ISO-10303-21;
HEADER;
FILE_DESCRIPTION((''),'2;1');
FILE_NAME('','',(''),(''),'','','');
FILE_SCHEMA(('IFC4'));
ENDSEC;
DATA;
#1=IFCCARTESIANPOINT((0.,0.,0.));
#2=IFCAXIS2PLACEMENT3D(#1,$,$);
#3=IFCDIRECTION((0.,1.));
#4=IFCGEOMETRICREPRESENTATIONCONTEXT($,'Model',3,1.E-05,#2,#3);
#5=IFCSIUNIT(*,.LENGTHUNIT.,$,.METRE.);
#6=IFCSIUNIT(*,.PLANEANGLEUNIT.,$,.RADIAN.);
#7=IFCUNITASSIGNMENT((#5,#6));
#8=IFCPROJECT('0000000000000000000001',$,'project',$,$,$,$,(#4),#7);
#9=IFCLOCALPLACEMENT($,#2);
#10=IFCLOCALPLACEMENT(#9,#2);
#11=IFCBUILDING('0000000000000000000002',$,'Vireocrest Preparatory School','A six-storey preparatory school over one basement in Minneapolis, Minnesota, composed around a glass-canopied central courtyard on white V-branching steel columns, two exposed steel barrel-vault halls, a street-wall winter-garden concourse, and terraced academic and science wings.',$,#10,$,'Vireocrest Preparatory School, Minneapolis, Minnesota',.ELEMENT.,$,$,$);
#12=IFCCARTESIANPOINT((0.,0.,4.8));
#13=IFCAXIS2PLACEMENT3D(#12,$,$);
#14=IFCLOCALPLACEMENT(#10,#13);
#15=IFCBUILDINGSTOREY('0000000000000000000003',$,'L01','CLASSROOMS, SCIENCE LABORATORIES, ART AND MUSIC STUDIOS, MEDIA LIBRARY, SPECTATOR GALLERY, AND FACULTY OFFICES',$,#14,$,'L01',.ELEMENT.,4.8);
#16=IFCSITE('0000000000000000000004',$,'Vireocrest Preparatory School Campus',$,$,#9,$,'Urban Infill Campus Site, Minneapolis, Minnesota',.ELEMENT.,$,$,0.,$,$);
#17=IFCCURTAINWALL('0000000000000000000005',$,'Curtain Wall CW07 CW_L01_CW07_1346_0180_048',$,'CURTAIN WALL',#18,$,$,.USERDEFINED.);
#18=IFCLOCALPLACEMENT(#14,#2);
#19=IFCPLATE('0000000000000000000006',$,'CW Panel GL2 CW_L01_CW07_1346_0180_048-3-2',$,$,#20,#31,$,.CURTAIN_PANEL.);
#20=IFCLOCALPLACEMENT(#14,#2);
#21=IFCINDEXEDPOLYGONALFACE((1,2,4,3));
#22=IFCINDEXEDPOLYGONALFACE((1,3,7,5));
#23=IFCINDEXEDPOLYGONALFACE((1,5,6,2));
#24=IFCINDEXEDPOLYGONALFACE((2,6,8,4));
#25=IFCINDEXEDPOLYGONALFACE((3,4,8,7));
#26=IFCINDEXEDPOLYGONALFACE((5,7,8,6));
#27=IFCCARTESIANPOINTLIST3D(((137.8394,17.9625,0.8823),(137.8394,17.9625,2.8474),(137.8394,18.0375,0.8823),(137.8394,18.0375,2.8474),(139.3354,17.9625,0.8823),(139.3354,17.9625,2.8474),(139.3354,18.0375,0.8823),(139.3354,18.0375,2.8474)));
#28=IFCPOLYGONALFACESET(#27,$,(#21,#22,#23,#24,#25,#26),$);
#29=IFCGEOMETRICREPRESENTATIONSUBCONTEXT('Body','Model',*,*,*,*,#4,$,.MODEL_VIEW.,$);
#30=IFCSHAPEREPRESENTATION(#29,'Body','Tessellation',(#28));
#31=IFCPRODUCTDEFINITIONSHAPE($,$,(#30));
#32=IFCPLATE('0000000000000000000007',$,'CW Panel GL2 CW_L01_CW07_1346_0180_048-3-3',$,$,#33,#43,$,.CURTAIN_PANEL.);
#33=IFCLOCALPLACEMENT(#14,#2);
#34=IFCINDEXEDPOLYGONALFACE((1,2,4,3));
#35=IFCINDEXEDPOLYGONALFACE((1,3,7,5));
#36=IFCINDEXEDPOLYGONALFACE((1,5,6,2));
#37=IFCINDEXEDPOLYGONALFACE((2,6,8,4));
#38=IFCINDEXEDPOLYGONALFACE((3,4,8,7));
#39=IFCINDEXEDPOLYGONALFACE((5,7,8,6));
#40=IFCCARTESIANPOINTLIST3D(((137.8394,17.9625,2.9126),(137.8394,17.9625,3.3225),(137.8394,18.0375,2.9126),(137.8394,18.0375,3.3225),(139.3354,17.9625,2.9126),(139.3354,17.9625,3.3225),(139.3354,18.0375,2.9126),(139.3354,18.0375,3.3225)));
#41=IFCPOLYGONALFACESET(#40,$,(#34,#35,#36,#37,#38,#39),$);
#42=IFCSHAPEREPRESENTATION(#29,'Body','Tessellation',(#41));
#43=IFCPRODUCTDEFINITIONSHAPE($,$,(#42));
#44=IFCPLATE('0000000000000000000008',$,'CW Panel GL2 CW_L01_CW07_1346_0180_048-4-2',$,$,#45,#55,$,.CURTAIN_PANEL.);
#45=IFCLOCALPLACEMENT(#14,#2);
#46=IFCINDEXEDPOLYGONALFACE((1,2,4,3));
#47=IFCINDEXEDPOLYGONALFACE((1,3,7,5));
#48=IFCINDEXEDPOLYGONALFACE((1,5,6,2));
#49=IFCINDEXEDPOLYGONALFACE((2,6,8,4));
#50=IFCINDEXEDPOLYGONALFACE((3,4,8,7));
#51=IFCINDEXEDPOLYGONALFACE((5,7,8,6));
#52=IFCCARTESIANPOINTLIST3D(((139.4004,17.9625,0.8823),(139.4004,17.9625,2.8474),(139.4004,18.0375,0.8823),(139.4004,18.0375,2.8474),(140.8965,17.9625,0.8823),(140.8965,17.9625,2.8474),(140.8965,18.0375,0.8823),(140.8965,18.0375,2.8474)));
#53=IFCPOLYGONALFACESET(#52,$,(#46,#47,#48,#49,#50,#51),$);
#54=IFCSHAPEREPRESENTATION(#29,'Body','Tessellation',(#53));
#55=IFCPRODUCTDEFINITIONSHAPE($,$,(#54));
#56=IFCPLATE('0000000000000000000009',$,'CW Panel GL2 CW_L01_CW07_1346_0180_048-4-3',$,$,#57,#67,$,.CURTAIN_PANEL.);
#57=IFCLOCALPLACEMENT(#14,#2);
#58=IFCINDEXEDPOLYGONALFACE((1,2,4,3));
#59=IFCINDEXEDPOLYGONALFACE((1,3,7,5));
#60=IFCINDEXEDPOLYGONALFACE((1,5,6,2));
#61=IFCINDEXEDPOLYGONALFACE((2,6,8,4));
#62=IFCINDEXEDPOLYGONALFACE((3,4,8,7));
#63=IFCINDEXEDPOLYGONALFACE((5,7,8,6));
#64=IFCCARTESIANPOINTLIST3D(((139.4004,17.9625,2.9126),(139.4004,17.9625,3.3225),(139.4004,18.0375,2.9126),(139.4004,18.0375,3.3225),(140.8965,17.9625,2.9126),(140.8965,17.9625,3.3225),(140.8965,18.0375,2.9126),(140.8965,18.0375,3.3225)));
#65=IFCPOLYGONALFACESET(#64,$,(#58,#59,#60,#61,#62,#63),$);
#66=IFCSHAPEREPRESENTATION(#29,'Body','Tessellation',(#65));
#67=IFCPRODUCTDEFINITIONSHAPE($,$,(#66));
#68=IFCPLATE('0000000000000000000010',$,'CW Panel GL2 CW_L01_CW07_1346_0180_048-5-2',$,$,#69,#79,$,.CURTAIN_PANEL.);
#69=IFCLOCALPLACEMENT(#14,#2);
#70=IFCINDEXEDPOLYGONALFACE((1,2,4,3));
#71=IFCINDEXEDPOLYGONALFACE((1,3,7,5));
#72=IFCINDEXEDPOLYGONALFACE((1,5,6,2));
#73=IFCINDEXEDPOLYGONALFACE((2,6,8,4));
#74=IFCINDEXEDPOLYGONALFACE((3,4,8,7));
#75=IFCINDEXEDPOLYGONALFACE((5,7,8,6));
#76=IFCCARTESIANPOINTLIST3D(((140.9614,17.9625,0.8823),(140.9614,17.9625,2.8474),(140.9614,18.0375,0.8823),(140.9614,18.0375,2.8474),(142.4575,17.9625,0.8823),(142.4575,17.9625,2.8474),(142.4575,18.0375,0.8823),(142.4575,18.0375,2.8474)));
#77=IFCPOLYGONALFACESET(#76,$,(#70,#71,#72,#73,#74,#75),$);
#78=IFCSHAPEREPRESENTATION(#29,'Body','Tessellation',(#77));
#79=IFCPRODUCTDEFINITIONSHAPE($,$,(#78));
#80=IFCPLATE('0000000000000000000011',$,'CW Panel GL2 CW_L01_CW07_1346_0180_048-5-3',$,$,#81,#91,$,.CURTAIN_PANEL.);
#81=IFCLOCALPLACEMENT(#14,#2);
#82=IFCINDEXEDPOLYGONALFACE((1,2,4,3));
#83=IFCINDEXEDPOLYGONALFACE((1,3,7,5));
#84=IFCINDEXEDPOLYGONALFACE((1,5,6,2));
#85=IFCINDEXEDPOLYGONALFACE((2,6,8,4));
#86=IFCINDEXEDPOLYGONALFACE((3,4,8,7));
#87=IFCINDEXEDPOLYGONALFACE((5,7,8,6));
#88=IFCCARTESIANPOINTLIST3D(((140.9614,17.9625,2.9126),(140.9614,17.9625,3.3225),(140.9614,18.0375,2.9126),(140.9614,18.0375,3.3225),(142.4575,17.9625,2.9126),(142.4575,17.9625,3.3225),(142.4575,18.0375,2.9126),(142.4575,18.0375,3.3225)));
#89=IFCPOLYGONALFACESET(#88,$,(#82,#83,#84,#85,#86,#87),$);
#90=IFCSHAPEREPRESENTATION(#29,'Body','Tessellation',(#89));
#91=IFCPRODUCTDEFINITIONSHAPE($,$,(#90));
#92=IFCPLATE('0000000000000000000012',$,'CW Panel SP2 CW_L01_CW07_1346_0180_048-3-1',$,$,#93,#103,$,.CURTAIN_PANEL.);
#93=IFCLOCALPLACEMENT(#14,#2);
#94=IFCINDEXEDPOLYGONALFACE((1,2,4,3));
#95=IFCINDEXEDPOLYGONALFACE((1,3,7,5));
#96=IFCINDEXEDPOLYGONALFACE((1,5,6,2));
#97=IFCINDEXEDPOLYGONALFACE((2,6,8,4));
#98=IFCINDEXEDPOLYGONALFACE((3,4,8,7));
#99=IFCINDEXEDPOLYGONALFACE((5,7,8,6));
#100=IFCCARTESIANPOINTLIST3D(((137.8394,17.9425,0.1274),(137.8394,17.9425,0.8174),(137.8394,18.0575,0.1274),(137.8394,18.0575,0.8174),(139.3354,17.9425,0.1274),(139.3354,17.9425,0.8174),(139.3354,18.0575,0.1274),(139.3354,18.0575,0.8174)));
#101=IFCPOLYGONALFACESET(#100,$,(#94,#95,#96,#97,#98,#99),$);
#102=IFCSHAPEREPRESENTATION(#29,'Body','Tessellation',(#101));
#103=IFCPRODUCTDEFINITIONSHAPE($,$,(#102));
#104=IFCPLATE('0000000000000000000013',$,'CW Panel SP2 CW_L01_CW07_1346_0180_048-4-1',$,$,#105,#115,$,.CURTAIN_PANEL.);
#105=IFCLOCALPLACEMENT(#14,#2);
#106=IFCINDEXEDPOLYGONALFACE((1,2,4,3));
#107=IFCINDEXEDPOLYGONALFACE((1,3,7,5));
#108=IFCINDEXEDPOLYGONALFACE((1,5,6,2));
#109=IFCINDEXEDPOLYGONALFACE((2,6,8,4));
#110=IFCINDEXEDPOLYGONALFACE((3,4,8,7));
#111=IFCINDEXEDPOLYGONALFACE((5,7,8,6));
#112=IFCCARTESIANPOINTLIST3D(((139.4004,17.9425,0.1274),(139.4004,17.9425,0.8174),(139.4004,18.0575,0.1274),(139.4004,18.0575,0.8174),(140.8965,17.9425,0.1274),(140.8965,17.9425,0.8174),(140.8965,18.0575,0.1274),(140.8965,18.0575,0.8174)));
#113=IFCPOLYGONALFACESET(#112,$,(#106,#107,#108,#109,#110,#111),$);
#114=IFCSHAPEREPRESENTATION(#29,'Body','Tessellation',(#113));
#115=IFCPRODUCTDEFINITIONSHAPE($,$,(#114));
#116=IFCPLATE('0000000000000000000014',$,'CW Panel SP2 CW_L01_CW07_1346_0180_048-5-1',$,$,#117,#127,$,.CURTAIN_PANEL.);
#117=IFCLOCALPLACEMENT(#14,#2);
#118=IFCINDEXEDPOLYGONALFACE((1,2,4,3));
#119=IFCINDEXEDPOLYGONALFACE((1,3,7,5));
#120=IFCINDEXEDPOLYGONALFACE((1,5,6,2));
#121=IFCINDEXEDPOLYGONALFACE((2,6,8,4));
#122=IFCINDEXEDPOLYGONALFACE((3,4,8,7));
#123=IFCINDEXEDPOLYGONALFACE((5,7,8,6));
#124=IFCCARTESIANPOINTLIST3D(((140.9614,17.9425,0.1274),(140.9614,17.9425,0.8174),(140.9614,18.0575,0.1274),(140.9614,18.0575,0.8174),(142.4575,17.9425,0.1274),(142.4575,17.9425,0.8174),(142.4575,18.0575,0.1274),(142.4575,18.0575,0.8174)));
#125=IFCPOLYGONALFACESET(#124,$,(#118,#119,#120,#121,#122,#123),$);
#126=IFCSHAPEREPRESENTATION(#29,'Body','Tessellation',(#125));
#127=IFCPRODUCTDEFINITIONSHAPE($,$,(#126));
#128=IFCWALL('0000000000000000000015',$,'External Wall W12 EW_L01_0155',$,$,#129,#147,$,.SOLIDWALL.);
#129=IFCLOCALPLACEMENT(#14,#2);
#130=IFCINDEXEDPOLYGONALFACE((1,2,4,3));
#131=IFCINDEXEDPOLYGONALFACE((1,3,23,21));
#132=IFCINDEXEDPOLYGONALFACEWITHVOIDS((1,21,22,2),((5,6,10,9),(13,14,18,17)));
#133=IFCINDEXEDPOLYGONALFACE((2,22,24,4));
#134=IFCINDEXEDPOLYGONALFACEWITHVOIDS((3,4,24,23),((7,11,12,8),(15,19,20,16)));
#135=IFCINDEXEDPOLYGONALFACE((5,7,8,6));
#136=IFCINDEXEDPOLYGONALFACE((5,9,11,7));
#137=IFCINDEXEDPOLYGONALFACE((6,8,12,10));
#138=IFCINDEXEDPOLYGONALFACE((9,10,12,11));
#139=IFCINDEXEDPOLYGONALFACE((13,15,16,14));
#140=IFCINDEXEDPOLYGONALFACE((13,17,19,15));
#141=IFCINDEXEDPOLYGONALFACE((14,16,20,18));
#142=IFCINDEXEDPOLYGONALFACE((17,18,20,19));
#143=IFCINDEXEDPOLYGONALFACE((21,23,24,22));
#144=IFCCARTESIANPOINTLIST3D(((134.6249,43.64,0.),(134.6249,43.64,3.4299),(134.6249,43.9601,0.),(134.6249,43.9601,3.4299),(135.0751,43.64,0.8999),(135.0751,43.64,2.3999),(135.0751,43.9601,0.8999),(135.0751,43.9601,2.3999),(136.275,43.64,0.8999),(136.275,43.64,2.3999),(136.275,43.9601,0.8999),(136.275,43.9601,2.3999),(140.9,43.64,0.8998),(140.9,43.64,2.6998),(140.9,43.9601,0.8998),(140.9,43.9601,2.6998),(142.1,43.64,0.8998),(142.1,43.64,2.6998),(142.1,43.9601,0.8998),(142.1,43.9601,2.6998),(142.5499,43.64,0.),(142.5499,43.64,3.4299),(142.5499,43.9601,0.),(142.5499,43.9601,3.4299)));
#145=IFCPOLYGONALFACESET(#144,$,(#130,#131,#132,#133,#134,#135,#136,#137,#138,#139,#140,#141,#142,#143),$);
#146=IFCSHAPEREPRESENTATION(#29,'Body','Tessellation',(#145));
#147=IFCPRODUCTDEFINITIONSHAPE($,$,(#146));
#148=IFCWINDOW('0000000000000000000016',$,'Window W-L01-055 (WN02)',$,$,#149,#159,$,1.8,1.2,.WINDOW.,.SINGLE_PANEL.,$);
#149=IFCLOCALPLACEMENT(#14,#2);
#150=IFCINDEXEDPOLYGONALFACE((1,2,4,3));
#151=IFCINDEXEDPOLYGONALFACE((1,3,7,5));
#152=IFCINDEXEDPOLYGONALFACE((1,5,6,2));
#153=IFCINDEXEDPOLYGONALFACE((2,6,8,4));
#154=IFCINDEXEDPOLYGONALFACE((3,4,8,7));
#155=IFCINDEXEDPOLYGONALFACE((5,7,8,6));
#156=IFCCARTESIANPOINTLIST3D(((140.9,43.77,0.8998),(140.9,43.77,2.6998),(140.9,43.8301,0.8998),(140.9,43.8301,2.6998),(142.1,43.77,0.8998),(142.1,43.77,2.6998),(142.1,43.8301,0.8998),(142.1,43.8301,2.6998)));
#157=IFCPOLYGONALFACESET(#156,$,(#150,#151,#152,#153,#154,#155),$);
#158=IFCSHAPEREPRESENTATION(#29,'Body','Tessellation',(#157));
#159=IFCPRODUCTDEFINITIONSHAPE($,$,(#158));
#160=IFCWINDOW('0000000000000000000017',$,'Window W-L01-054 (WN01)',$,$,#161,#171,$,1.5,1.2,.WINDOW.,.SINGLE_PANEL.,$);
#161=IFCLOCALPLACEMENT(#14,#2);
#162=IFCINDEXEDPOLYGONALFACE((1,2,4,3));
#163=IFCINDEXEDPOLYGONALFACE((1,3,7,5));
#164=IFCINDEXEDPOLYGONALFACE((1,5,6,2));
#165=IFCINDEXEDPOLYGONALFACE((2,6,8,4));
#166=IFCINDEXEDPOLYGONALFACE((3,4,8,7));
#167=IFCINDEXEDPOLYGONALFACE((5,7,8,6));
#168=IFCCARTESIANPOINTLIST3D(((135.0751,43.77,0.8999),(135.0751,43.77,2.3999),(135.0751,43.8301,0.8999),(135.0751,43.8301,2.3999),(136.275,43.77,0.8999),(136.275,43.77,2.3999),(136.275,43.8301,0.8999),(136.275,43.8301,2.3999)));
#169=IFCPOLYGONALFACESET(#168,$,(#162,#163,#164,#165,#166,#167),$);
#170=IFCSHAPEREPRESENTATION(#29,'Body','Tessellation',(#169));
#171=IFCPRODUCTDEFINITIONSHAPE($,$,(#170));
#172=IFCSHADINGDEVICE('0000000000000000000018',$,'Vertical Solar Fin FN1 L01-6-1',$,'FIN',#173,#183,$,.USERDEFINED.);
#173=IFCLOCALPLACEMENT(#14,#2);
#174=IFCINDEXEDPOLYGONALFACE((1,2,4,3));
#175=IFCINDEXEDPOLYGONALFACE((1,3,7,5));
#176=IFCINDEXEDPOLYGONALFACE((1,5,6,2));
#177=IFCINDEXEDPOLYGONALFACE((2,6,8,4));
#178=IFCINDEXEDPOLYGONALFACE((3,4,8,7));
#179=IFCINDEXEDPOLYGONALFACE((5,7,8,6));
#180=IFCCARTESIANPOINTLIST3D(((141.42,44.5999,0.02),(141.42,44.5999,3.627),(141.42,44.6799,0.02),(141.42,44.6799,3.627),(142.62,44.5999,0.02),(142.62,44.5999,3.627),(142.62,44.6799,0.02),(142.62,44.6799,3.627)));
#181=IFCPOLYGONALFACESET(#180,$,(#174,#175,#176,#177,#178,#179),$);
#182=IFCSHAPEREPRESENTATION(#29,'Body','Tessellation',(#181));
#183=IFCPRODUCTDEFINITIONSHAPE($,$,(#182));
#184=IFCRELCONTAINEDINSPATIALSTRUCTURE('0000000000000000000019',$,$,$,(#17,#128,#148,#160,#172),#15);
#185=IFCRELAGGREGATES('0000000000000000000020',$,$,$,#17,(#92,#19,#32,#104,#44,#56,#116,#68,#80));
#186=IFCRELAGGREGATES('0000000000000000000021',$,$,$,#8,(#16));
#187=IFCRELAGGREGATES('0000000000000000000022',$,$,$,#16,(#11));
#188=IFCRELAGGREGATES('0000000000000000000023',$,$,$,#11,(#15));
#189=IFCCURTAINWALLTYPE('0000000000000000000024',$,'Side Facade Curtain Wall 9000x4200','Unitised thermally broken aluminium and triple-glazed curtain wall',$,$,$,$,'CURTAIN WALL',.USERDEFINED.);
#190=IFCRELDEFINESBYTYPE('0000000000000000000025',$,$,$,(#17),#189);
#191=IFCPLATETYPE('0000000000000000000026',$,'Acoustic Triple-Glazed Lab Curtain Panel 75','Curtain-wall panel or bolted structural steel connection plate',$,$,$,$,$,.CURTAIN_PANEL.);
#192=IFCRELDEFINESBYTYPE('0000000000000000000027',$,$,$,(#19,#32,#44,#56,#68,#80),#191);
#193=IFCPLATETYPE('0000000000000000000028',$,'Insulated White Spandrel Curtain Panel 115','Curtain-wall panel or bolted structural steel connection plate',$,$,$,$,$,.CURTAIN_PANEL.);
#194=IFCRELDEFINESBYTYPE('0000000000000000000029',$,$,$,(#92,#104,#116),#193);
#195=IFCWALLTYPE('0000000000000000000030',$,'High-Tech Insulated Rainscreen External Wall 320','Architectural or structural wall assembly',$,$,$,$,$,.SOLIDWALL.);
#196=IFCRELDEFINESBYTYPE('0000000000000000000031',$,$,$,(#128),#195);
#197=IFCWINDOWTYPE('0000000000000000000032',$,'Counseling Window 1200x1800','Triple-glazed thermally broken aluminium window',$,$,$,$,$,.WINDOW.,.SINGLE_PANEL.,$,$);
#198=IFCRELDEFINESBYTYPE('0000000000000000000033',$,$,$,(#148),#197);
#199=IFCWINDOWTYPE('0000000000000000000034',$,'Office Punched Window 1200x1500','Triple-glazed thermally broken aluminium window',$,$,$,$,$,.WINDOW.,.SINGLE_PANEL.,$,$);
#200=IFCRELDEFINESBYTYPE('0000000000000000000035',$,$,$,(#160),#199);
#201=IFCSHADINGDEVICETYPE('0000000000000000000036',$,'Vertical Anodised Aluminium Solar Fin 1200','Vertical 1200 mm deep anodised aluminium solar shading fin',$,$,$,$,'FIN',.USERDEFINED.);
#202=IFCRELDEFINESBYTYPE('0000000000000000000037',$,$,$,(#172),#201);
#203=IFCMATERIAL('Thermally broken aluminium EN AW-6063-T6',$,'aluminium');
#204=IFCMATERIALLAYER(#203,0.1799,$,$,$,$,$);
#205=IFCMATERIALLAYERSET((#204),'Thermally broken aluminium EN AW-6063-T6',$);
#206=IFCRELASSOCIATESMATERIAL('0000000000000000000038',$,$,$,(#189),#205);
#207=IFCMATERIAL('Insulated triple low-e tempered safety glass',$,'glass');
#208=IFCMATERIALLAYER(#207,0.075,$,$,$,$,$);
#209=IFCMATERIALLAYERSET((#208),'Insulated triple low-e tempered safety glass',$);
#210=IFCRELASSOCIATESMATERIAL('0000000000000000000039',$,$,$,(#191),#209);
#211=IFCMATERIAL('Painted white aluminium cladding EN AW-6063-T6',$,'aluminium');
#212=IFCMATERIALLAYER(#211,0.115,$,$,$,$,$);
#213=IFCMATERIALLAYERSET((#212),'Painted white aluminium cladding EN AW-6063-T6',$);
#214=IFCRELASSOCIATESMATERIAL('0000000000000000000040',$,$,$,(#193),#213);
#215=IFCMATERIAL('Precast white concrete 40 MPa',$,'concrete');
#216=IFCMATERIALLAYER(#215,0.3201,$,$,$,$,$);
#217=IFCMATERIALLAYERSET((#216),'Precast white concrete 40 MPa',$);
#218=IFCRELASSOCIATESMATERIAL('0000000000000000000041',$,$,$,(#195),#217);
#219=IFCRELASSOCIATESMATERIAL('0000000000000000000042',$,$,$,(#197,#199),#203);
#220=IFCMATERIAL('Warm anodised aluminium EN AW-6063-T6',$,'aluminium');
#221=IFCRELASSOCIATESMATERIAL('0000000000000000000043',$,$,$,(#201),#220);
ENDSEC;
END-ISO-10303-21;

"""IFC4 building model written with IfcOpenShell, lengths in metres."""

from ifc_helpers import new_model, si_unit, direction, frame, frame_2d, origin, origin_2d, place, context, subcontext, project, spatial, rectangle, extrude, material, layer, layer_set, material_profile, profile_set, type_object, element, fill, aggregate, save


model = new_model("IFC4")

# Units and contexts
model_context = context("Model", 3, precision=1e-05, world=origin(), true_north=direction((0.0, 1.0)))
body_context = subcontext(model_context, "Body", "Model", "MODEL_VIEW")
ifc_project = project(units=[si_unit("LENGTHUNIT", "METRE"), si_unit("PLANEANGLEUNIT", "RADIAN")], contexts=[model_context])

# Site, building, storey
site_placement = place(None, origin())
site = spatial("IfcSite", under=ifc_project, at=site_placement, Name="Vireocrest Preparatory School Campus", LongName="Urban Infill Campus Site, Minneapolis, Minnesota", CompositionType="ELEMENT", RefElevation=0.0)
building_placement = place(site_placement, origin())
building = spatial("IfcBuilding", under=site, at=building_placement, Name="Vireocrest Preparatory School", Description="A six-storey preparatory school over one basement in Minneapolis, Minnesota, composed around a glass-canopied central courtyard on white V-branching steel columns, two exposed steel barrel-vault halls, a street-wall winter-garden concourse, and terraced academic and science wings.", LongName="Vireocrest Preparatory School, Minneapolis, Minnesota", CompositionType="ELEMENT")
storey_placement = place(building_placement, frame((0.0, 0.0, 4.8)))
storey = spatial("IfcBuildingStorey", under=building, at=storey_placement, Name="L01", Description="CLASSROOMS, SCIENCE LABORATORIES, ART AND MUSIC STUDIOS, MEDIA LIBRARY, SPECTATOR GALLERY, AND FACULTY OFFICES", LongName="L01", CompositionType="ELEMENT", Elevation=4.8)

# Curtain wall
ifc_material_1 = material(Name="Thermally broken aluminium EN AW-6063-T6", Category="aluminium")
ifc_layer_1 = layer(ifc_material_1, 0.1799)
ifc_layer_set_1 = layer_set([ifc_layer_1], Name="Thermally broken aluminium EN AW-6063-T6")
curtain_wall_type = type_object("IfcCurtainWallType", Name="Side Facade Curtain Wall 9000x4200", Description="Unitised thermally broken aluminium and triple-glazed curtain wall", ElementType="CURTAIN WALL", PredefinedType="USERDEFINED", material=ifc_layer_set_1)
curtain_wall_placement = place(storey_placement, origin())
curtain_wall = element("IfcCurtainWall", 1, at=curtain_wall_placement, inside=storey, type_object=curtain_wall_type, Name="Curtain Wall CW07 CW_L01_CW07_1346_0180_048", ObjectType="CURTAIN WALL", PredefinedType="USERDEFINED")

# Plates
ifc_material_2 = material(Name="Insulated triple low-e tempered safety glass", Category="glass")
ifc_layer_2 = layer(ifc_material_2, 0.075)
ifc_layer_set_2 = layer_set([ifc_layer_2], Name="Insulated triple low-e tempered safety glass")
plate_type_1 = type_object("IfcPlateType", Name="Acoustic Triple-Glazed Lab Curtain Panel 75", Description="Curtain-wall panel or bolted structural steel connection plate", PredefinedType="CURTAIN_PANEL", material=ifc_layer_set_2)
plate_1_placement = place(storey_placement, frame((138.5874, 18.0, 0.8823), z_axis=(0.0, 0.0, 1.0), x_axis=(1.0, 0.0, 0.0)))
plate_1 = element("IfcPlate", 2, at=plate_1_placement, type_object=plate_type_1, Name="CW Panel GL2 CW_L01_CW07_1346_0180_048-3-2", PredefinedType="CURTAIN_PANEL", context=body_context, shape_type="SweptSolid", body=[
    extrude(rectangle(XDim=1.4961, YDim=0.075, at=origin_2d()), origin(), (0.0, 0.0, 1.0), 1.9651),
])
plate_2_placement = place(storey_placement, frame((138.5874, 18.0, 2.9126), z_axis=(0.0, 0.0, 1.0), x_axis=(1.0, 0.0, 0.0)))
plate_2 = element("IfcPlate", 3, at=plate_2_placement, type_object=plate_type_1, Name="CW Panel GL2 CW_L01_CW07_1346_0180_048-3-3", PredefinedType="CURTAIN_PANEL", context=body_context, shape_type="SweptSolid", body=[
    extrude(rectangle(XDim=1.4961, YDim=0.075, at=origin_2d()), origin(), (0.0, 0.0, 1.0), 0.4099),
])
plate_3_placement = place(storey_placement, frame((140.1484, 18.0, 0.8823), z_axis=(0.0, 0.0, 1.0), x_axis=(1.0, 0.0, 0.0)))
plate_3 = element("IfcPlate", 4, at=plate_3_placement, type_object=plate_type_1, Name="CW Panel GL2 CW_L01_CW07_1346_0180_048-4-2", PredefinedType="CURTAIN_PANEL", context=body_context, shape_type="SweptSolid", body=[
    extrude(rectangle(XDim=1.4961, YDim=0.075, at=origin_2d()), origin(), (0.0, 0.0, 1.0), 1.9651),
])
plate_4_placement = place(storey_placement, frame((140.1484, 18.0, 2.9126), z_axis=(0.0, 0.0, 1.0), x_axis=(1.0, 0.0, 0.0)))
plate_4 = element("IfcPlate", 5, at=plate_4_placement, type_object=plate_type_1, Name="CW Panel GL2 CW_L01_CW07_1346_0180_048-4-3", PredefinedType="CURTAIN_PANEL", context=body_context, shape_type="SweptSolid", body=[
    extrude(rectangle(XDim=1.4961, YDim=0.075, at=origin_2d()), origin(), (0.0, 0.0, 1.0), 0.4099),
])
plate_5_placement = place(storey_placement, frame((141.7095, 18.0, 0.8823), z_axis=(0.0, 0.0, 1.0), x_axis=(1.0, 0.0, 0.0)))
plate_5 = element("IfcPlate", 6, at=plate_5_placement, type_object=plate_type_1, Name="CW Panel GL2 CW_L01_CW07_1346_0180_048-5-2", PredefinedType="CURTAIN_PANEL", context=body_context, shape_type="SweptSolid", body=[
    extrude(rectangle(XDim=1.4961, YDim=0.075, at=origin_2d()), origin(), (0.0, 0.0, 1.0), 1.9651),
])
plate_6_placement = place(storey_placement, frame((141.7095, 18.0, 2.9126), z_axis=(0.0, 0.0, 1.0), x_axis=(1.0, 0.0, 0.0)))
plate_6 = element("IfcPlate", 7, at=plate_6_placement, type_object=plate_type_1, Name="CW Panel GL2 CW_L01_CW07_1346_0180_048-5-3", PredefinedType="CURTAIN_PANEL", context=body_context, shape_type="SweptSolid", body=[
    extrude(rectangle(XDim=1.4961, YDim=0.075, at=origin_2d()), origin(), (0.0, 0.0, 1.0), 0.4099),
])
ifc_material_3 = material(Name="Painted white aluminium cladding EN AW-6063-T6", Category="aluminium")
ifc_layer_3 = layer(ifc_material_3, 0.115)
ifc_layer_set_3 = layer_set([ifc_layer_3], Name="Painted white aluminium cladding EN AW-6063-T6")
plate_type_2 = type_object("IfcPlateType", Name="Insulated White Spandrel Curtain Panel 115", Description="Curtain-wall panel or bolted structural steel connection plate", PredefinedType="CURTAIN_PANEL", material=ifc_layer_set_3)
plate_7_placement = place(storey_placement, frame((138.5874, 18.0, 0.1274), z_axis=(0.0, 0.0, 1.0), x_axis=(1.0, 0.0, 0.0)))
plate_7 = element("IfcPlate", 8, at=plate_7_placement, type_object=plate_type_2, Name="CW Panel SP2 CW_L01_CW07_1346_0180_048-3-1", PredefinedType="CURTAIN_PANEL", context=body_context, shape_type="SweptSolid", body=[
    extrude(rectangle(XDim=1.4961, YDim=0.115, at=origin_2d()), origin(), (0.0, 0.0, 1.0), 0.6899),
])
plate_8_placement = place(storey_placement, frame((140.1484, 18.0, 0.1274), z_axis=(0.0, 0.0, 1.0), x_axis=(1.0, 0.0, 0.0)))
plate_8 = element("IfcPlate", 9, at=plate_8_placement, type_object=plate_type_2, Name="CW Panel SP2 CW_L01_CW07_1346_0180_048-4-1", PredefinedType="CURTAIN_PANEL", context=body_context, shape_type="SweptSolid", body=[
    extrude(rectangle(XDim=1.4961, YDim=0.115, at=origin_2d()), origin(), (0.0, 0.0, 1.0), 0.6899),
])
plate_9_placement = place(storey_placement, frame((141.7095, 18.0, 0.1274), z_axis=(0.0, 0.0, 1.0), x_axis=(1.0, 0.0, 0.0)))
plate_9 = element("IfcPlate", 10, at=plate_9_placement, type_object=plate_type_2, Name="CW Panel SP2 CW_L01_CW07_1346_0180_048-5-1", PredefinedType="CURTAIN_PANEL", context=body_context, shape_type="SweptSolid", body=[
    extrude(rectangle(XDim=1.4961, YDim=0.115, at=origin_2d()), origin(), (0.0, 0.0, 1.0), 0.6899),
])
aggregate(curtain_wall, [plate_7, plate_1, plate_2, plate_8, plate_3, plate_4, plate_9, plate_5, plate_6])

# Wall, openings, windows
ifc_material_4 = material(Name="Precast white concrete 40 MPa", Category="concrete")
ifc_layer_4 = layer(ifc_material_4, 0.3201)
ifc_layer_set_4 = layer_set([ifc_layer_4], Name="Precast white concrete 40 MPa")
wall_type = type_object("IfcWallType", Name="High-Tech Insulated Rainscreen External Wall 320", Description="Architectural or structural wall assembly", PredefinedType="SOLIDWALL", material=ifc_layer_set_4)
wall_placement = place(storey_placement, frame((134.625, 43.8, 0.0), z_axis=(0.0, 0.0, 1.0), x_axis=(1.0, 0.0, 0.0)))
wall = element("IfcWall", 11, at=wall_placement, inside=storey, type_object=wall_type, Name="External Wall W12 EW_L01_0155", PredefinedType="SOLIDWALL", context=body_context, shape_type="SweptSolid", body=[
    extrude(rectangle(XDim=7.925, YDim=0.3201, at=frame_2d((3.9624, 0.0))), origin(), (0.0, 0.0, 1.0), 3.4299),
])
opening_1_placement = place(wall_placement, frame((0.45, 0.0, 0.8999)))
opening_1 = element("IfcOpeningElement", 12, at=opening_1_placement, cuts=wall, PredefinedType="OPENING", context=body_context, shape_type="SweptSolid", body=[
    extrude(rectangle(XDim=1.2, YDim=1.5, at=frame_2d((0.6001, 0.75))), frame((0.0, 0.1699, 0.0), z_axis=(0.0, -1.0, 0.0), x_axis=(1.0, 0.0, 0.0)), (0.0, 0.0, 1.0), 0.3401),
])
opening_2_placement = place(wall_placement, frame((6.2749, 0.0, 0.8999)))
opening_2 = element("IfcOpeningElement", 13, at=opening_2_placement, cuts=wall, PredefinedType="OPENING", context=body_context, shape_type="SweptSolid", body=[
    extrude(rectangle(XDim=1.2, YDim=1.8, at=frame_2d((0.6001, 0.8999))), frame((0.0, 0.1699, 0.0), z_axis=(0.0, -1.0, 0.0), x_axis=(1.0, 0.0, 0.0)), (0.0, 0.0, 1.0), 0.3401),
])
window_type_1 = type_object("IfcWindowType", Name="Counseling Window 1200x1800", Description="Triple-glazed thermally broken aluminium window", PartitioningType="SINGLE_PANEL", PredefinedType="WINDOW", material=ifc_material_1)
window_1_placement = place(opening_2_placement, origin())
window_1 = element("IfcWindow", 14, at=window_1_placement, inside=storey, type_object=window_type_1, Name="Window W-L01-055 (WN02)", OverallHeight=1.8, OverallWidth=1.2, PartitioningType="SINGLE_PANEL", PredefinedType="WINDOW", context=body_context, shape_type="SweptSolid", body=[
    extrude(rectangle(XDim=1.2, YDim=1.8, at=frame_2d((0.6001, 0.8999))), frame((0.0, 0.03, 0.0), z_axis=(0.0, -1.0, 0.0), x_axis=(1.0, 0.0, 0.0)), (0.0, 0.0, 1.0), 0.0601),
])
fill(opening_2, window_1)
window_type_2 = type_object("IfcWindowType", Name="Office Punched Window 1200x1500", Description="Triple-glazed thermally broken aluminium window", PartitioningType="SINGLE_PANEL", PredefinedType="WINDOW", material=ifc_material_1)
window_2_placement = place(opening_1_placement, origin())
window_2 = element("IfcWindow", 15, at=window_2_placement, inside=storey, type_object=window_type_2, Name="Window W-L01-054 (WN01)", OverallHeight=1.5, OverallWidth=1.2, PartitioningType="SINGLE_PANEL", PredefinedType="WINDOW", context=body_context, shape_type="SweptSolid", body=[
    extrude(rectangle(XDim=1.2, YDim=1.5, at=frame_2d((0.6001, 0.75))), frame((0.0, 0.03, 0.0), z_axis=(0.0, -1.0, 0.0), x_axis=(1.0, 0.0, 0.0)), (0.0, 0.0, 1.0), 0.0601),
])
fill(opening_1, window_2)

# Shading device
ifc_material_5 = material(Name="Warm anodised aluminium EN AW-6063-T6", Category="aluminium")
ifc_material_profile_1 = material_profile(ifc_material_5, rectangle(XDim=0.0801, YDim=1.2, at=origin_2d()), Name="FIN 80x1200")
ifc_profile_set_1 = profile_set([ifc_material_profile_1], Name="Warm anodised aluminium EN AW-6063-T6")
shading_device_type = type_object("IfcShadingDeviceType", Name="Vertical Anodised Aluminium Solar Fin 1200", Description="Vertical 1200 mm deep anodised aluminium solar shading fin", ElementType="FIN", PredefinedType="USERDEFINED", material=ifc_profile_set_1)
for number, where, z_axis, x_axis, name in (
    (16, (142.02, 44.6399, 0.02), (0.0, 0.0, 1.0), (0.0, 1.0, 0.0), "Vertical Solar Fin FN1 L01-6-1"),
):
    element("IfcShadingDevice", number, at=place(storey_placement, frame(where, z_axis=z_axis, x_axis=x_axis)), inside=storey, type_object=shading_device_type, Name=name, ObjectType="FIN", PredefinedType="USERDEFINED", context=body_context, shape_type="SweptSolid", body=[
        extrude(rectangle(XDim=0.0801, YDim=1.2, at=origin_2d()), origin(), (0.0, 0.0, 1.0), 3.6069),
    ])

save(model, "model.ifc")
